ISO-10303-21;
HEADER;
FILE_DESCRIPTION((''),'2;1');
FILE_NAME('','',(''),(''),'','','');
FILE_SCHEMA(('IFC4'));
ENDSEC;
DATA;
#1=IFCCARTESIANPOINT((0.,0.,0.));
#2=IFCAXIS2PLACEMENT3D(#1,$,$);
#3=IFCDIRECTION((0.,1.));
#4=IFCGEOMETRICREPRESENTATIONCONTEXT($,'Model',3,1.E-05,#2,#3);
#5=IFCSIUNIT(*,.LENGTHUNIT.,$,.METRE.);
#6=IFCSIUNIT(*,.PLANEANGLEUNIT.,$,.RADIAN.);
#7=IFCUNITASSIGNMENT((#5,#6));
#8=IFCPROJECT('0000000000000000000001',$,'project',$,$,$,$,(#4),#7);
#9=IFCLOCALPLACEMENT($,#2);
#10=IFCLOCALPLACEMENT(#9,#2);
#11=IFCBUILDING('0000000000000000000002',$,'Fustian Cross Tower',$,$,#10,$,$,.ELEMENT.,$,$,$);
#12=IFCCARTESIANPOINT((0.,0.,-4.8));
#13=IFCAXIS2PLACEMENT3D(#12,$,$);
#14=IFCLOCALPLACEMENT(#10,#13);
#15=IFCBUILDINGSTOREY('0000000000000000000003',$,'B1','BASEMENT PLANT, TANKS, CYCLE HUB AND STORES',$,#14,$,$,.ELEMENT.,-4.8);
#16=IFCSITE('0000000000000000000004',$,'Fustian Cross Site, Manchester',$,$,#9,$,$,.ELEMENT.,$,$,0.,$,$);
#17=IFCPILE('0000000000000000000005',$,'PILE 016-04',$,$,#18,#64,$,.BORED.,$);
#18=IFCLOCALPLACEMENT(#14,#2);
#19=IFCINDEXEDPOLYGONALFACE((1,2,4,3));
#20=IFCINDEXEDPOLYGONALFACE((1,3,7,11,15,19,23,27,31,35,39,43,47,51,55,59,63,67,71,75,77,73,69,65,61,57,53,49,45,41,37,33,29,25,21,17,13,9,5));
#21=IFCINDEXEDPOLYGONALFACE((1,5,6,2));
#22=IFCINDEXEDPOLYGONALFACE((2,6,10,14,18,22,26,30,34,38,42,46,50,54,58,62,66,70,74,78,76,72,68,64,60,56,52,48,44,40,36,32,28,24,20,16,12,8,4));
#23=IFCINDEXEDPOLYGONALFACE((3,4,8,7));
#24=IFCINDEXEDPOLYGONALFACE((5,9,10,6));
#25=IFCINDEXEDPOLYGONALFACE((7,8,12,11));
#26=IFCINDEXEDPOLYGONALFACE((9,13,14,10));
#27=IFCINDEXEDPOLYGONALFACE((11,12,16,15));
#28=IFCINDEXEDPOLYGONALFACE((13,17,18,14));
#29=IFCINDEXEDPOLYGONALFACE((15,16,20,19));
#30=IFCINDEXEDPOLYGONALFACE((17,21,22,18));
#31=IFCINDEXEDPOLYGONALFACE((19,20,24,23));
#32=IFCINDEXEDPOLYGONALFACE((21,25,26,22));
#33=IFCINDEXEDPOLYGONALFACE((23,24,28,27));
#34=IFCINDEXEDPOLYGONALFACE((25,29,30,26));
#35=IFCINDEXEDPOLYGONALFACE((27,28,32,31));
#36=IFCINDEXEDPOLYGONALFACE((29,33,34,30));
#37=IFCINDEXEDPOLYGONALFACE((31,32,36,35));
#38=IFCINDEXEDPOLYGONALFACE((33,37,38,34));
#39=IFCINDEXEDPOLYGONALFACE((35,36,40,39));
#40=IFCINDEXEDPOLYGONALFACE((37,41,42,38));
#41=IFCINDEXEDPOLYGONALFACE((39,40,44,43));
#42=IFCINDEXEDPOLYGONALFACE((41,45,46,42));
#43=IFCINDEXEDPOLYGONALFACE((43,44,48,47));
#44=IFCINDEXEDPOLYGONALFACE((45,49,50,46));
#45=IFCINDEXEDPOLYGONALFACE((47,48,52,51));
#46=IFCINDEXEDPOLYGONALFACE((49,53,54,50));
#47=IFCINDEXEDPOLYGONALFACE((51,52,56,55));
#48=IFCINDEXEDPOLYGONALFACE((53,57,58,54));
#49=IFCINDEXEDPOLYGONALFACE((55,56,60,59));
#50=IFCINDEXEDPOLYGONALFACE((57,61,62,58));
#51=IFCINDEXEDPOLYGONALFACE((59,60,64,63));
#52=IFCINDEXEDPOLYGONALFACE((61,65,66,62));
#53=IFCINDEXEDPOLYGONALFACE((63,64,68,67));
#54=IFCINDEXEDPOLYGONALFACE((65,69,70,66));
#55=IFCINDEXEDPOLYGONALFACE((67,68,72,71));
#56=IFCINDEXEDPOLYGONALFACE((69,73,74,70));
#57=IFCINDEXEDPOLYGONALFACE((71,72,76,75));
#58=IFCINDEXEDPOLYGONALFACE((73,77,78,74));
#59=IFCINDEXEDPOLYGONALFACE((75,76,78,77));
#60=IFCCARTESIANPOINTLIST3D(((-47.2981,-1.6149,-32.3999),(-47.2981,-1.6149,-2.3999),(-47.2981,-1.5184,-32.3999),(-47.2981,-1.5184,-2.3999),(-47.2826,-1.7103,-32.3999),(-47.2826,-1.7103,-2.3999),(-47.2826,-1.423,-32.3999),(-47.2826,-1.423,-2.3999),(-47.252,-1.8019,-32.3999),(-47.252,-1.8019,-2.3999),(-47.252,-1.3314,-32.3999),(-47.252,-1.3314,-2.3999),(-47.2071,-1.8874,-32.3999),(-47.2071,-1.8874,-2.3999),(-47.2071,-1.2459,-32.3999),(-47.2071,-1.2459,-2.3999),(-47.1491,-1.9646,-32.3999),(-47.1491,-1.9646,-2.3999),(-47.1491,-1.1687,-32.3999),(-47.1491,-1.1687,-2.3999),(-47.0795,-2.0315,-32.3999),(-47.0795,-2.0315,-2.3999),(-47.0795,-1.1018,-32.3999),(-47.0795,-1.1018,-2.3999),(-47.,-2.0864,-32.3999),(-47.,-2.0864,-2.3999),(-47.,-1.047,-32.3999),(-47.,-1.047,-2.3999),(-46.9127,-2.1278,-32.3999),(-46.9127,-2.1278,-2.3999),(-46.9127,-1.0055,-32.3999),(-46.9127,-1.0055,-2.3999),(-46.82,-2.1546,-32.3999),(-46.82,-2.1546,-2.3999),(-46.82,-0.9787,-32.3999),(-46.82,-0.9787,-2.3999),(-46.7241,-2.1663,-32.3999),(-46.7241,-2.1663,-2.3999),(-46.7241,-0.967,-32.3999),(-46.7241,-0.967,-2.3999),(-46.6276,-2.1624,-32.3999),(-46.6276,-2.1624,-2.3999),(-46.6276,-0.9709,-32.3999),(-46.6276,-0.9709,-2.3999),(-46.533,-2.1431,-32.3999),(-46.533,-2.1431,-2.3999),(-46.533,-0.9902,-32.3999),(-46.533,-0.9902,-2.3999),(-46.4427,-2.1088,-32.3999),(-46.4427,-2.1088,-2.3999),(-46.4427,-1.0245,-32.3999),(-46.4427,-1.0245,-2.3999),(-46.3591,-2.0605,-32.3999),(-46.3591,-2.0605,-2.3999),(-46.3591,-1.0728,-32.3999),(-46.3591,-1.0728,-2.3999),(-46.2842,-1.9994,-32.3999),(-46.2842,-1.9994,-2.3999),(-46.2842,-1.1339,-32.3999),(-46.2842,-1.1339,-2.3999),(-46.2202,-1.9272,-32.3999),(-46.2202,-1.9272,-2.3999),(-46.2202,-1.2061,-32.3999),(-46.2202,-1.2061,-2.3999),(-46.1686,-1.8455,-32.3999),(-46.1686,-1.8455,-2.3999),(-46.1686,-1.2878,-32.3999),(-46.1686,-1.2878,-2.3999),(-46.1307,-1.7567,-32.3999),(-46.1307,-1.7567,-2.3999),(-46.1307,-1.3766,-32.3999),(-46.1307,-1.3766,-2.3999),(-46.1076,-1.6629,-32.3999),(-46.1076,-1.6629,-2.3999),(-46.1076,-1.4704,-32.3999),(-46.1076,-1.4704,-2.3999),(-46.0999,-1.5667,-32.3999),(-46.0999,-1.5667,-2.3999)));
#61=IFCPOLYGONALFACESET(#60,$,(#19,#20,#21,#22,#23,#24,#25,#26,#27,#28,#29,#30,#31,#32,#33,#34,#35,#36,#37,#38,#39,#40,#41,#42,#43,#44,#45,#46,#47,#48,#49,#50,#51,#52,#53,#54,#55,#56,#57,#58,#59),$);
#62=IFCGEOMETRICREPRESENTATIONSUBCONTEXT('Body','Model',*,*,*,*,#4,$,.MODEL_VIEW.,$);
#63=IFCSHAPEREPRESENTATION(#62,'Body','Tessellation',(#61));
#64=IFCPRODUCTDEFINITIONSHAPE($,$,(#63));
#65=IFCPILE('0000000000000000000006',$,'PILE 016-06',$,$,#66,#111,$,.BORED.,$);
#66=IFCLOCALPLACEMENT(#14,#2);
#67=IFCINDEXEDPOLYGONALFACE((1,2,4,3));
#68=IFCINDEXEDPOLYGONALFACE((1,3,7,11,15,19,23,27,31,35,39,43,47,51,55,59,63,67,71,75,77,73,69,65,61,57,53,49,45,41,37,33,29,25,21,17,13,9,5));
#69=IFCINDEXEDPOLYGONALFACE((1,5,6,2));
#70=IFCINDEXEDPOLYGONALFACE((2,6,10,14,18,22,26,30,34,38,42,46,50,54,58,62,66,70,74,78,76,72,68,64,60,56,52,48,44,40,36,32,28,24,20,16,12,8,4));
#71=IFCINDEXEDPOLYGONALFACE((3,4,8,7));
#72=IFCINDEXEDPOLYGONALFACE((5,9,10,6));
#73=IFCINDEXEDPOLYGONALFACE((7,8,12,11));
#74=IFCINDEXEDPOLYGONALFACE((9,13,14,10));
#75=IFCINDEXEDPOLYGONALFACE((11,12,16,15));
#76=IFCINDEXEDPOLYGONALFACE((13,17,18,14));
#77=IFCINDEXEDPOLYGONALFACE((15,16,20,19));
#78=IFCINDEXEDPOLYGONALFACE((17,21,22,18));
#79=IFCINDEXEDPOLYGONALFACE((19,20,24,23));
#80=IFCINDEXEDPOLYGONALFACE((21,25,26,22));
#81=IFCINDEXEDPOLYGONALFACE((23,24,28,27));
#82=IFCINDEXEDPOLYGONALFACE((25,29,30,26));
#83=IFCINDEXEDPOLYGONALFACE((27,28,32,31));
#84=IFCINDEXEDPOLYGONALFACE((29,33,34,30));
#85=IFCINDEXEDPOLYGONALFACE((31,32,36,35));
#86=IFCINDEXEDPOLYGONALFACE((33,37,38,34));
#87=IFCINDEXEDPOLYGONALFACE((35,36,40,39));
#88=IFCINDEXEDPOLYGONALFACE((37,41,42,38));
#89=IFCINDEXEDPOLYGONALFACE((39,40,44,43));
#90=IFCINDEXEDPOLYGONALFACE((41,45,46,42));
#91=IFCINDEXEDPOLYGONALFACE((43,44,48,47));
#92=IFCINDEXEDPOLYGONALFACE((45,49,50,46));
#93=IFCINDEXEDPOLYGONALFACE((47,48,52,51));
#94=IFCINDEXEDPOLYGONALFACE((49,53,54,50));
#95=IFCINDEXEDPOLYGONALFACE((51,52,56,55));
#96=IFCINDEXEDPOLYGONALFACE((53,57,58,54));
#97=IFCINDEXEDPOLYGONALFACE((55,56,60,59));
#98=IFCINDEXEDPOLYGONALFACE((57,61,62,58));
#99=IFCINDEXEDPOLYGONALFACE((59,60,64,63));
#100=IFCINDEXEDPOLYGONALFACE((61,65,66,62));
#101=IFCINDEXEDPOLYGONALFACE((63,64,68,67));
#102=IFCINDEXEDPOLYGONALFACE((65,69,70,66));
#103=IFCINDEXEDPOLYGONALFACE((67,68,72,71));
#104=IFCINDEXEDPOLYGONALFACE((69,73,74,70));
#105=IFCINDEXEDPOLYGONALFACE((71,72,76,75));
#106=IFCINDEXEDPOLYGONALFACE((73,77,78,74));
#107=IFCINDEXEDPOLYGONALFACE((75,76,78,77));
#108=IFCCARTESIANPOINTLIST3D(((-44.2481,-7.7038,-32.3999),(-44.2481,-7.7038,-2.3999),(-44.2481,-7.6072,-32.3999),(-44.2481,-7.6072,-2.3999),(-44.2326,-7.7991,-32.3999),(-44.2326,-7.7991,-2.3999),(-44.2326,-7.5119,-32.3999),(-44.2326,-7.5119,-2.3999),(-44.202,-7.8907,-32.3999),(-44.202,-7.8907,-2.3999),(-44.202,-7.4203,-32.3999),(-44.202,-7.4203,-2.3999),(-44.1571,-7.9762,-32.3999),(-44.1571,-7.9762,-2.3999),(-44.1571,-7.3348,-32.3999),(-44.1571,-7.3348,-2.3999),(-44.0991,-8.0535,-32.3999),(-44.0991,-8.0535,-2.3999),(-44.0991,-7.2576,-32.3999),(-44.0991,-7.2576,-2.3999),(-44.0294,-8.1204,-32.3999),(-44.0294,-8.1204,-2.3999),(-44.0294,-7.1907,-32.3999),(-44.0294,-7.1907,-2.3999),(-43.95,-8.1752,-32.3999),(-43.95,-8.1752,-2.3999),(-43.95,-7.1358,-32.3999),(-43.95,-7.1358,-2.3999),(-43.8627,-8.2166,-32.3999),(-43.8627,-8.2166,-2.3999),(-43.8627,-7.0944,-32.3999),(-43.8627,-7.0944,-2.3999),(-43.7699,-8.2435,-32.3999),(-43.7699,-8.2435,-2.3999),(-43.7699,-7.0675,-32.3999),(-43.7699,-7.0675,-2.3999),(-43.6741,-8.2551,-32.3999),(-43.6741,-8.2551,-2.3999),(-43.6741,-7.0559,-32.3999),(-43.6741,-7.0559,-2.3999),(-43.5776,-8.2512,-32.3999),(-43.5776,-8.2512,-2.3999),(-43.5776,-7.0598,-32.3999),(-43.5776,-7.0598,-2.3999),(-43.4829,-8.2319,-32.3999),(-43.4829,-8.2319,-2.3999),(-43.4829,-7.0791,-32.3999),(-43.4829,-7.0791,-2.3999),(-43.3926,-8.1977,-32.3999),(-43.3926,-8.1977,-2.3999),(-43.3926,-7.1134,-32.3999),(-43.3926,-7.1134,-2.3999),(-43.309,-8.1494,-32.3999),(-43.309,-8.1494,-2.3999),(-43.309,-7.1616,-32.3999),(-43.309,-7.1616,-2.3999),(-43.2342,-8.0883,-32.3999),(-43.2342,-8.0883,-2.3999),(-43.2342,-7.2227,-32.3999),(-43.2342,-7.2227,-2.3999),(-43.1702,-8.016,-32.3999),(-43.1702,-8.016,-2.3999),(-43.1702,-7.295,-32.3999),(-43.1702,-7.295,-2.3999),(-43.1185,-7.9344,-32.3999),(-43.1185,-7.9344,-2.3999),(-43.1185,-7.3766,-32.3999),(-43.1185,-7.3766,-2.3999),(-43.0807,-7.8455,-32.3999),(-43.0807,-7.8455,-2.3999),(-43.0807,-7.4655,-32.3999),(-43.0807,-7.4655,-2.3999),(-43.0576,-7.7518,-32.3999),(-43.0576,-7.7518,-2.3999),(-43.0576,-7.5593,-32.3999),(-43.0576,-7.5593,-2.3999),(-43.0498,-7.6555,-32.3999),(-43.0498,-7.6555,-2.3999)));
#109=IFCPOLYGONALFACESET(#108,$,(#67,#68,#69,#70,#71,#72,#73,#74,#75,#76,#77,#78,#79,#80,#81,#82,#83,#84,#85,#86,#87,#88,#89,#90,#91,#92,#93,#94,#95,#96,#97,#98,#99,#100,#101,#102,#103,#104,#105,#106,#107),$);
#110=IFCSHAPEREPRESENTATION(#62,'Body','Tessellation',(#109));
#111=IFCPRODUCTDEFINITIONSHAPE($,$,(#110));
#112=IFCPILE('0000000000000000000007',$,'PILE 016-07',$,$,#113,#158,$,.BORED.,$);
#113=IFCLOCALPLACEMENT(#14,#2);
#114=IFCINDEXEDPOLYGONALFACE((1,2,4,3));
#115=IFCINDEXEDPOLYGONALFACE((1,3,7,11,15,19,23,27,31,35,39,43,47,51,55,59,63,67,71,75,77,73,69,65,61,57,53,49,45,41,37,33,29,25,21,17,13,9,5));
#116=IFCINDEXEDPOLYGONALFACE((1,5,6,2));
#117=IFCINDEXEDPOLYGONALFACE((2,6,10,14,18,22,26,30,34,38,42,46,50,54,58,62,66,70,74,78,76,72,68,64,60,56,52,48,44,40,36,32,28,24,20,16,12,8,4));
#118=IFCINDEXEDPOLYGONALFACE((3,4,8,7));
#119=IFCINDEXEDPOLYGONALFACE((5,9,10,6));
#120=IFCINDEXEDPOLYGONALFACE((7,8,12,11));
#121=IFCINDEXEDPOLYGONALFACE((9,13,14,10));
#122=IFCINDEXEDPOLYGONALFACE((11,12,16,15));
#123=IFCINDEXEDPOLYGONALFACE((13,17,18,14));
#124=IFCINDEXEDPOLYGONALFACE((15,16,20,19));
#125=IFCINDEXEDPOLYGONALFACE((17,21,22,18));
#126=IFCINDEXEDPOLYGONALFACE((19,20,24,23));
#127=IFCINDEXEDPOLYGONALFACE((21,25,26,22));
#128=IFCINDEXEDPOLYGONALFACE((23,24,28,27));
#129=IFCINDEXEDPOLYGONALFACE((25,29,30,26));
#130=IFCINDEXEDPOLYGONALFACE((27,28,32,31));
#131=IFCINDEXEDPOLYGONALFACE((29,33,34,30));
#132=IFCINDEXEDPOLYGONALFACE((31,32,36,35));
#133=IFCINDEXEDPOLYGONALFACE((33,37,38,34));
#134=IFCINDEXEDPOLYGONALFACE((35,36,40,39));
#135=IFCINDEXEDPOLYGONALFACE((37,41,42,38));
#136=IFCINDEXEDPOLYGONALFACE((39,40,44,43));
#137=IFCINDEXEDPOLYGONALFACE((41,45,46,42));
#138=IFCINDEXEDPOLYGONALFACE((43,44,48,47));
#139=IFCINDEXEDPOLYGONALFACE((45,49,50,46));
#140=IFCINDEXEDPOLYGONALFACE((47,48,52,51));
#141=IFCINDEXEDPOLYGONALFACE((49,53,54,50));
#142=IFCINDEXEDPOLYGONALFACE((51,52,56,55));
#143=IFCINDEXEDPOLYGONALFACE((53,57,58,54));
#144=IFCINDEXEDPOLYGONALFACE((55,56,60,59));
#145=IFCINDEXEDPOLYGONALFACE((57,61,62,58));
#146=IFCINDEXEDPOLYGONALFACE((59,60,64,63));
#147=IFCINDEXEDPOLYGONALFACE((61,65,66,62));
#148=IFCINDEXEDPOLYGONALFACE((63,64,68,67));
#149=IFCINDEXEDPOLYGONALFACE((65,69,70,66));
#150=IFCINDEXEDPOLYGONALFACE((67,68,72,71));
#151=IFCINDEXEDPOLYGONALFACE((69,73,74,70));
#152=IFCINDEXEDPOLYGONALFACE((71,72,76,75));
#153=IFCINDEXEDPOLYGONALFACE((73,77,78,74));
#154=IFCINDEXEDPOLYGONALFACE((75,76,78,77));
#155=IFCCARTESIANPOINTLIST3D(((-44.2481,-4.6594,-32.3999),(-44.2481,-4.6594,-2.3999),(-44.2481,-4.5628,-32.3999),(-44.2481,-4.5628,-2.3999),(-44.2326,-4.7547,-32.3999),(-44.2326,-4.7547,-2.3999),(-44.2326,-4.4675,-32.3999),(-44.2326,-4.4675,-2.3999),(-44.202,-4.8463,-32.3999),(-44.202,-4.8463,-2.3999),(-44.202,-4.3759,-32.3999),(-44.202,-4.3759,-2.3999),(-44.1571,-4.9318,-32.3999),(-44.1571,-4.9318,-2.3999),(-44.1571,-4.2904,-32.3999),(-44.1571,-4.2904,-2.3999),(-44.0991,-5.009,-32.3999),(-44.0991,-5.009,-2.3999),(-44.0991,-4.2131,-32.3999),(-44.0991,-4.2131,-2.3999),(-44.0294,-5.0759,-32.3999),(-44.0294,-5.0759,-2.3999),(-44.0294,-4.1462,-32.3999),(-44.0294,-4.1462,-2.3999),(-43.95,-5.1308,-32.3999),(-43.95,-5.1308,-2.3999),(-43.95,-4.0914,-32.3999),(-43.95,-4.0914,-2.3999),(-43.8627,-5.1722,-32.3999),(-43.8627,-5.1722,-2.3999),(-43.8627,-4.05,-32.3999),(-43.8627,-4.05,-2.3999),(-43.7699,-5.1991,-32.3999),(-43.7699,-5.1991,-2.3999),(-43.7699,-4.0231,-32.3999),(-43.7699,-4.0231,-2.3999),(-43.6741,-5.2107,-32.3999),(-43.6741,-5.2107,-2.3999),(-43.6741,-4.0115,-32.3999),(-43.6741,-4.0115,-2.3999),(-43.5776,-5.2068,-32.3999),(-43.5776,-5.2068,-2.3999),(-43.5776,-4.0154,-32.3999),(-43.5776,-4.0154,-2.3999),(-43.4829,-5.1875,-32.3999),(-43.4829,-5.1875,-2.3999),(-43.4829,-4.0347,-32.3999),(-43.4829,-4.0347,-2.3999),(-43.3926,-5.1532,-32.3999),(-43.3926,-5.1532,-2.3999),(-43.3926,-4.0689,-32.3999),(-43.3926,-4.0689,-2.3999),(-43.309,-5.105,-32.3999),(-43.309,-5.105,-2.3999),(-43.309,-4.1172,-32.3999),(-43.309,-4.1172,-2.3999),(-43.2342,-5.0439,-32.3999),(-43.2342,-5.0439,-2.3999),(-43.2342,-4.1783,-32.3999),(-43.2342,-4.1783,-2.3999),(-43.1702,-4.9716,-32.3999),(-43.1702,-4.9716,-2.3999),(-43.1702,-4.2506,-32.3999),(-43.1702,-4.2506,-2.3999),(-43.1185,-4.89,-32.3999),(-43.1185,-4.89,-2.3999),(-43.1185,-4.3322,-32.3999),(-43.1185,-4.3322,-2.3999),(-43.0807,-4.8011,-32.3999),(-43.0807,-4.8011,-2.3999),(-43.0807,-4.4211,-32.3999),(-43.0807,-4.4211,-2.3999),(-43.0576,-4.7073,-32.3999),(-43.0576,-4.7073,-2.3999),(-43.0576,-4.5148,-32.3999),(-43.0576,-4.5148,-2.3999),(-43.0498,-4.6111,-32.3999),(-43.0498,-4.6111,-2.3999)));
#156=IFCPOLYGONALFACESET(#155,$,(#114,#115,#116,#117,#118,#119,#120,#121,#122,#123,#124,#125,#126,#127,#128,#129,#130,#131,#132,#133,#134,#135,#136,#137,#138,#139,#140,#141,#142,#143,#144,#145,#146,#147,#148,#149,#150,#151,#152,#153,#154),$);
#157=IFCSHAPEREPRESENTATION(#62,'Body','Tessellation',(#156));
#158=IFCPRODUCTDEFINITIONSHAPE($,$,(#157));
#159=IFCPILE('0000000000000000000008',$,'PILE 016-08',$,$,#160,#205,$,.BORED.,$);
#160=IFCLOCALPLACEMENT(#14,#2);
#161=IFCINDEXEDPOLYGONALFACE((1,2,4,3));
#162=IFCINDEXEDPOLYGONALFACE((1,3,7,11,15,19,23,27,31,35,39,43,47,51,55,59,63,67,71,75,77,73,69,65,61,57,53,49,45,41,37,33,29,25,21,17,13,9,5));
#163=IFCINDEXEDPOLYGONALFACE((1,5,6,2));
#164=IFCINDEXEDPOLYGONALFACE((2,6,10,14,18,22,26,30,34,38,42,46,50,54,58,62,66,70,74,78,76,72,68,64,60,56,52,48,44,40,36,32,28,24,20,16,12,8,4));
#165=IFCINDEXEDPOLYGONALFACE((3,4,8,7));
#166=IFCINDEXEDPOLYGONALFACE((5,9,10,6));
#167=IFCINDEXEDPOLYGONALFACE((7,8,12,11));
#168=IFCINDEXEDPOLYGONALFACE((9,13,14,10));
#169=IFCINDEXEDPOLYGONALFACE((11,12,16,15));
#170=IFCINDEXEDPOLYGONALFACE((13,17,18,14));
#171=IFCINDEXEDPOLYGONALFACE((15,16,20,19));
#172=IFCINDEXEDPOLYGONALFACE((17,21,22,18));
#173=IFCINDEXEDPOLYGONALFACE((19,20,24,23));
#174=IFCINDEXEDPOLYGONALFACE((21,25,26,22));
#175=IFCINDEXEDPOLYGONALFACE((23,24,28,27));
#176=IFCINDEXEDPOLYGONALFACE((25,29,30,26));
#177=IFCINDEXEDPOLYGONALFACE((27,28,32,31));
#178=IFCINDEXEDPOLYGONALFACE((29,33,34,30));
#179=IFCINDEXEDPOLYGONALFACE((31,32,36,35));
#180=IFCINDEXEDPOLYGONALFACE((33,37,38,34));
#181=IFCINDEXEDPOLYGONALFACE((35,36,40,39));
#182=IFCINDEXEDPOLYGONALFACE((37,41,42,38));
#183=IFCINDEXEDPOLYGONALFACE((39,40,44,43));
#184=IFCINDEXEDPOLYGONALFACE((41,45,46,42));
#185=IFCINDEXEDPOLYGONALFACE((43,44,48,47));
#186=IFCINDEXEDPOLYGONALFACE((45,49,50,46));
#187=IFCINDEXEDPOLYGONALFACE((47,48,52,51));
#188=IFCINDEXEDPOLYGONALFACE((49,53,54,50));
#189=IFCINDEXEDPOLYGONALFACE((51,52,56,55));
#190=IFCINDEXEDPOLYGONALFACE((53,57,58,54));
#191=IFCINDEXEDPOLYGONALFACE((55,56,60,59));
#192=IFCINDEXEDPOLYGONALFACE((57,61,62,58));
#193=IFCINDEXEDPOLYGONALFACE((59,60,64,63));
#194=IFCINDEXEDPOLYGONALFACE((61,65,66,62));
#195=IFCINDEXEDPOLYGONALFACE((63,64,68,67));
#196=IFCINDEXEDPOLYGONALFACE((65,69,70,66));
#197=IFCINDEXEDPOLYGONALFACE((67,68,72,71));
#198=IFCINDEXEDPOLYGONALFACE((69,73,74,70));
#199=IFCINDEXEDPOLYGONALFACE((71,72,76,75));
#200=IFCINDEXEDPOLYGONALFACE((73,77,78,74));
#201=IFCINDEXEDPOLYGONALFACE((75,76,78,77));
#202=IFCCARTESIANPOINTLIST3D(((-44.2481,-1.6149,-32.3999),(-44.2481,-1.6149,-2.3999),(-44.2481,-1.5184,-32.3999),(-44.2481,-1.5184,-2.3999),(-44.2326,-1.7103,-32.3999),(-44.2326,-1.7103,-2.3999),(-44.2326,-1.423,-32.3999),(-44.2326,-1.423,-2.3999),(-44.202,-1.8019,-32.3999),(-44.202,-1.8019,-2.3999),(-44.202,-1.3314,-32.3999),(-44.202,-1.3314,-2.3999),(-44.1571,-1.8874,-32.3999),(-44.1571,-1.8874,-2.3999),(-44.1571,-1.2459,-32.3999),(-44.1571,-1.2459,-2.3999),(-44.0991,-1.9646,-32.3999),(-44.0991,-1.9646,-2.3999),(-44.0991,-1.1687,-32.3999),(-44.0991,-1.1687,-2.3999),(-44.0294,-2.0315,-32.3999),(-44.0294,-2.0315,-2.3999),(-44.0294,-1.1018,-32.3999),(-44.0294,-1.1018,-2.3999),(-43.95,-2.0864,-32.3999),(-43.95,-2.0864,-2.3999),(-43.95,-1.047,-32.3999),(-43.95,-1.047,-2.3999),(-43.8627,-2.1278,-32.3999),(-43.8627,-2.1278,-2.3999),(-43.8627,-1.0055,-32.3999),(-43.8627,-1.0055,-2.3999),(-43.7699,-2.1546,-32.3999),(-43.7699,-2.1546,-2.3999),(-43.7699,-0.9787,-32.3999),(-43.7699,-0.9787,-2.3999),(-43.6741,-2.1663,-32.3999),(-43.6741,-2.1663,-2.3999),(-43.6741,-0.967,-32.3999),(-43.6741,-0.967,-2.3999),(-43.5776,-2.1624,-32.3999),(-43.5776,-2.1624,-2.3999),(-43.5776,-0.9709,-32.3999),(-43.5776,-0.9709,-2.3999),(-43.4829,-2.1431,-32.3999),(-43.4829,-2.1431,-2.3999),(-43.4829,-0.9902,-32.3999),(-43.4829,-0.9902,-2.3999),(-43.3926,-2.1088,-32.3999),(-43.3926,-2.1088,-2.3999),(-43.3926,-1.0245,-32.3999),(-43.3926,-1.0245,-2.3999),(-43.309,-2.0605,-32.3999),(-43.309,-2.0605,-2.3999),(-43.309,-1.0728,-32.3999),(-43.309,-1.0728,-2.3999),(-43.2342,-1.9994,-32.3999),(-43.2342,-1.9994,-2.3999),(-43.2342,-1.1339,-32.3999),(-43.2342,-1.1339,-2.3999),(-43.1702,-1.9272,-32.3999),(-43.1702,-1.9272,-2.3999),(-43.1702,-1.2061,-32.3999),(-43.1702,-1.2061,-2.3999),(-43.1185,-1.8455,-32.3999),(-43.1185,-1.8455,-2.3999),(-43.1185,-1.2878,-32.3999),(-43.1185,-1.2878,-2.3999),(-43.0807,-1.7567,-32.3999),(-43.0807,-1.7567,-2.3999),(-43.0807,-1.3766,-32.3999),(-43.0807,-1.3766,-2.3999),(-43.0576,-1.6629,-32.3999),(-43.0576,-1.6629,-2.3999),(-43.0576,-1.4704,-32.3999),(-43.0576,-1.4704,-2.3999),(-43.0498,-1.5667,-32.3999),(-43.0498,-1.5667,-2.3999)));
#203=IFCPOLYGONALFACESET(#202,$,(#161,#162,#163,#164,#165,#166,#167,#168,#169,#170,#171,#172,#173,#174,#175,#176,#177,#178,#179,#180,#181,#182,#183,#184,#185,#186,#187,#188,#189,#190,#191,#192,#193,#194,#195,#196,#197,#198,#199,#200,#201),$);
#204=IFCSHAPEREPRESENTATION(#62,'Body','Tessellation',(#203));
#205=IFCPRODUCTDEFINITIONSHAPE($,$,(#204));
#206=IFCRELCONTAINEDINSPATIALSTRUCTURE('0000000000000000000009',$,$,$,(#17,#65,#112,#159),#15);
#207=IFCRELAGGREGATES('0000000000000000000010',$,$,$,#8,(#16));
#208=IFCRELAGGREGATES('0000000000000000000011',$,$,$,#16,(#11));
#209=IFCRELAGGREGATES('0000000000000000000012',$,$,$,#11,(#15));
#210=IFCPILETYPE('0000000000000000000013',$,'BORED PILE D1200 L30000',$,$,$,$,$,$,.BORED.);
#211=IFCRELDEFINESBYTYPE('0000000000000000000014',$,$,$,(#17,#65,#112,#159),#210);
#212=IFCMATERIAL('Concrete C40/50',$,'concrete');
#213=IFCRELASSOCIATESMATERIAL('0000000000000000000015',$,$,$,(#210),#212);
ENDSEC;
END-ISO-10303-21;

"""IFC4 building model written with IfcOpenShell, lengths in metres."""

from ifc_helpers import new_model, si_unit, direction, frame, origin, origin_2d, place, context, subcontext, project, spatial, circle, extrude, material, material_profile, profile_set, type_object, element, save


model = new_model("IFC4")

# Units and contexts
model_context = context("Model", 3, precision=1e-05, world=origin(), true_north=direction((0.0, 1.0)))
body_context = subcontext(model_context, "Body", "Model", "MODEL_VIEW")
ifc_project = project(units=[si_unit("LENGTHUNIT", "METRE"), si_unit("PLANEANGLEUNIT", "RADIAN")], contexts=[model_context])

# Site, building, storey
site_placement = place(None, origin())
site = spatial("IfcSite", under=ifc_project, at=site_placement, Name="Fustian Cross Site, Manchester", CompositionType="ELEMENT", RefElevation=0.0)
building_placement = place(site_placement, origin())
building = spatial("IfcBuilding", under=site, at=building_placement, Name="Fustian Cross Tower", CompositionType="ELEMENT")
storey_placement = place(building_placement, frame((0.0, 0.0, -4.8)))
storey = spatial("IfcBuildingStorey", under=building, at=storey_placement, Name="B1", Description="BASEMENT PLANT, TANKS, CYCLE HUB AND STORES", CompositionType="ELEMENT", Elevation=-4.8)

# Piles
ifc_material_1 = material(Name="Concrete C40/50", Category="concrete")
ifc_material_profile_1 = material_profile(ifc_material_1, circle(Radius=0.6001, at=origin_2d()), Name="BORED PILE D1200 L30000")
ifc_profile_set_1 = profile_set([ifc_material_profile_1], Name="Concrete C40/50")
pile_type_1 = type_object("IfcPileType", Name="BORED PILE D1200 L30000", PredefinedType="BORED", material=ifc_profile_set_1)
for number, where, z_axis, x_axis, name in (
    (1, (-46.7, -1.5667, -2.3999), (0.0, 0.0, -1.0), (1.0, 0.0, 0.0), "PILE 016-04"),
    (2, (-43.6499, -7.6555, -2.3999), (0.0, 0.0, -1.0), (1.0, 0.0, 0.0), "PILE 016-06"),
    (3, (-43.6499, -4.6111, -2.3999), (0.0, 0.0, -1.0), (1.0, 0.0, 0.0), "PILE 016-07"),
    (4, (-43.6499, -1.5667, -2.3999), (0.0, 0.0, -1.0), (1.0, 0.0, 0.0), "PILE 016-08"),
):
    element("IfcPile", number, at=place(storey_placement, frame(where, z_axis=z_axis, x_axis=x_axis)), inside=storey, type_object=pile_type_1, Name=name, PredefinedType="BORED", context=body_context, shape_type="SweptSolid", body=[
        extrude(circle(Radius=0.6001, at=origin_2d()), origin(), (0.0, 0.0, 1.0), 30.0),
    ])

save(model, "model.ifc")
